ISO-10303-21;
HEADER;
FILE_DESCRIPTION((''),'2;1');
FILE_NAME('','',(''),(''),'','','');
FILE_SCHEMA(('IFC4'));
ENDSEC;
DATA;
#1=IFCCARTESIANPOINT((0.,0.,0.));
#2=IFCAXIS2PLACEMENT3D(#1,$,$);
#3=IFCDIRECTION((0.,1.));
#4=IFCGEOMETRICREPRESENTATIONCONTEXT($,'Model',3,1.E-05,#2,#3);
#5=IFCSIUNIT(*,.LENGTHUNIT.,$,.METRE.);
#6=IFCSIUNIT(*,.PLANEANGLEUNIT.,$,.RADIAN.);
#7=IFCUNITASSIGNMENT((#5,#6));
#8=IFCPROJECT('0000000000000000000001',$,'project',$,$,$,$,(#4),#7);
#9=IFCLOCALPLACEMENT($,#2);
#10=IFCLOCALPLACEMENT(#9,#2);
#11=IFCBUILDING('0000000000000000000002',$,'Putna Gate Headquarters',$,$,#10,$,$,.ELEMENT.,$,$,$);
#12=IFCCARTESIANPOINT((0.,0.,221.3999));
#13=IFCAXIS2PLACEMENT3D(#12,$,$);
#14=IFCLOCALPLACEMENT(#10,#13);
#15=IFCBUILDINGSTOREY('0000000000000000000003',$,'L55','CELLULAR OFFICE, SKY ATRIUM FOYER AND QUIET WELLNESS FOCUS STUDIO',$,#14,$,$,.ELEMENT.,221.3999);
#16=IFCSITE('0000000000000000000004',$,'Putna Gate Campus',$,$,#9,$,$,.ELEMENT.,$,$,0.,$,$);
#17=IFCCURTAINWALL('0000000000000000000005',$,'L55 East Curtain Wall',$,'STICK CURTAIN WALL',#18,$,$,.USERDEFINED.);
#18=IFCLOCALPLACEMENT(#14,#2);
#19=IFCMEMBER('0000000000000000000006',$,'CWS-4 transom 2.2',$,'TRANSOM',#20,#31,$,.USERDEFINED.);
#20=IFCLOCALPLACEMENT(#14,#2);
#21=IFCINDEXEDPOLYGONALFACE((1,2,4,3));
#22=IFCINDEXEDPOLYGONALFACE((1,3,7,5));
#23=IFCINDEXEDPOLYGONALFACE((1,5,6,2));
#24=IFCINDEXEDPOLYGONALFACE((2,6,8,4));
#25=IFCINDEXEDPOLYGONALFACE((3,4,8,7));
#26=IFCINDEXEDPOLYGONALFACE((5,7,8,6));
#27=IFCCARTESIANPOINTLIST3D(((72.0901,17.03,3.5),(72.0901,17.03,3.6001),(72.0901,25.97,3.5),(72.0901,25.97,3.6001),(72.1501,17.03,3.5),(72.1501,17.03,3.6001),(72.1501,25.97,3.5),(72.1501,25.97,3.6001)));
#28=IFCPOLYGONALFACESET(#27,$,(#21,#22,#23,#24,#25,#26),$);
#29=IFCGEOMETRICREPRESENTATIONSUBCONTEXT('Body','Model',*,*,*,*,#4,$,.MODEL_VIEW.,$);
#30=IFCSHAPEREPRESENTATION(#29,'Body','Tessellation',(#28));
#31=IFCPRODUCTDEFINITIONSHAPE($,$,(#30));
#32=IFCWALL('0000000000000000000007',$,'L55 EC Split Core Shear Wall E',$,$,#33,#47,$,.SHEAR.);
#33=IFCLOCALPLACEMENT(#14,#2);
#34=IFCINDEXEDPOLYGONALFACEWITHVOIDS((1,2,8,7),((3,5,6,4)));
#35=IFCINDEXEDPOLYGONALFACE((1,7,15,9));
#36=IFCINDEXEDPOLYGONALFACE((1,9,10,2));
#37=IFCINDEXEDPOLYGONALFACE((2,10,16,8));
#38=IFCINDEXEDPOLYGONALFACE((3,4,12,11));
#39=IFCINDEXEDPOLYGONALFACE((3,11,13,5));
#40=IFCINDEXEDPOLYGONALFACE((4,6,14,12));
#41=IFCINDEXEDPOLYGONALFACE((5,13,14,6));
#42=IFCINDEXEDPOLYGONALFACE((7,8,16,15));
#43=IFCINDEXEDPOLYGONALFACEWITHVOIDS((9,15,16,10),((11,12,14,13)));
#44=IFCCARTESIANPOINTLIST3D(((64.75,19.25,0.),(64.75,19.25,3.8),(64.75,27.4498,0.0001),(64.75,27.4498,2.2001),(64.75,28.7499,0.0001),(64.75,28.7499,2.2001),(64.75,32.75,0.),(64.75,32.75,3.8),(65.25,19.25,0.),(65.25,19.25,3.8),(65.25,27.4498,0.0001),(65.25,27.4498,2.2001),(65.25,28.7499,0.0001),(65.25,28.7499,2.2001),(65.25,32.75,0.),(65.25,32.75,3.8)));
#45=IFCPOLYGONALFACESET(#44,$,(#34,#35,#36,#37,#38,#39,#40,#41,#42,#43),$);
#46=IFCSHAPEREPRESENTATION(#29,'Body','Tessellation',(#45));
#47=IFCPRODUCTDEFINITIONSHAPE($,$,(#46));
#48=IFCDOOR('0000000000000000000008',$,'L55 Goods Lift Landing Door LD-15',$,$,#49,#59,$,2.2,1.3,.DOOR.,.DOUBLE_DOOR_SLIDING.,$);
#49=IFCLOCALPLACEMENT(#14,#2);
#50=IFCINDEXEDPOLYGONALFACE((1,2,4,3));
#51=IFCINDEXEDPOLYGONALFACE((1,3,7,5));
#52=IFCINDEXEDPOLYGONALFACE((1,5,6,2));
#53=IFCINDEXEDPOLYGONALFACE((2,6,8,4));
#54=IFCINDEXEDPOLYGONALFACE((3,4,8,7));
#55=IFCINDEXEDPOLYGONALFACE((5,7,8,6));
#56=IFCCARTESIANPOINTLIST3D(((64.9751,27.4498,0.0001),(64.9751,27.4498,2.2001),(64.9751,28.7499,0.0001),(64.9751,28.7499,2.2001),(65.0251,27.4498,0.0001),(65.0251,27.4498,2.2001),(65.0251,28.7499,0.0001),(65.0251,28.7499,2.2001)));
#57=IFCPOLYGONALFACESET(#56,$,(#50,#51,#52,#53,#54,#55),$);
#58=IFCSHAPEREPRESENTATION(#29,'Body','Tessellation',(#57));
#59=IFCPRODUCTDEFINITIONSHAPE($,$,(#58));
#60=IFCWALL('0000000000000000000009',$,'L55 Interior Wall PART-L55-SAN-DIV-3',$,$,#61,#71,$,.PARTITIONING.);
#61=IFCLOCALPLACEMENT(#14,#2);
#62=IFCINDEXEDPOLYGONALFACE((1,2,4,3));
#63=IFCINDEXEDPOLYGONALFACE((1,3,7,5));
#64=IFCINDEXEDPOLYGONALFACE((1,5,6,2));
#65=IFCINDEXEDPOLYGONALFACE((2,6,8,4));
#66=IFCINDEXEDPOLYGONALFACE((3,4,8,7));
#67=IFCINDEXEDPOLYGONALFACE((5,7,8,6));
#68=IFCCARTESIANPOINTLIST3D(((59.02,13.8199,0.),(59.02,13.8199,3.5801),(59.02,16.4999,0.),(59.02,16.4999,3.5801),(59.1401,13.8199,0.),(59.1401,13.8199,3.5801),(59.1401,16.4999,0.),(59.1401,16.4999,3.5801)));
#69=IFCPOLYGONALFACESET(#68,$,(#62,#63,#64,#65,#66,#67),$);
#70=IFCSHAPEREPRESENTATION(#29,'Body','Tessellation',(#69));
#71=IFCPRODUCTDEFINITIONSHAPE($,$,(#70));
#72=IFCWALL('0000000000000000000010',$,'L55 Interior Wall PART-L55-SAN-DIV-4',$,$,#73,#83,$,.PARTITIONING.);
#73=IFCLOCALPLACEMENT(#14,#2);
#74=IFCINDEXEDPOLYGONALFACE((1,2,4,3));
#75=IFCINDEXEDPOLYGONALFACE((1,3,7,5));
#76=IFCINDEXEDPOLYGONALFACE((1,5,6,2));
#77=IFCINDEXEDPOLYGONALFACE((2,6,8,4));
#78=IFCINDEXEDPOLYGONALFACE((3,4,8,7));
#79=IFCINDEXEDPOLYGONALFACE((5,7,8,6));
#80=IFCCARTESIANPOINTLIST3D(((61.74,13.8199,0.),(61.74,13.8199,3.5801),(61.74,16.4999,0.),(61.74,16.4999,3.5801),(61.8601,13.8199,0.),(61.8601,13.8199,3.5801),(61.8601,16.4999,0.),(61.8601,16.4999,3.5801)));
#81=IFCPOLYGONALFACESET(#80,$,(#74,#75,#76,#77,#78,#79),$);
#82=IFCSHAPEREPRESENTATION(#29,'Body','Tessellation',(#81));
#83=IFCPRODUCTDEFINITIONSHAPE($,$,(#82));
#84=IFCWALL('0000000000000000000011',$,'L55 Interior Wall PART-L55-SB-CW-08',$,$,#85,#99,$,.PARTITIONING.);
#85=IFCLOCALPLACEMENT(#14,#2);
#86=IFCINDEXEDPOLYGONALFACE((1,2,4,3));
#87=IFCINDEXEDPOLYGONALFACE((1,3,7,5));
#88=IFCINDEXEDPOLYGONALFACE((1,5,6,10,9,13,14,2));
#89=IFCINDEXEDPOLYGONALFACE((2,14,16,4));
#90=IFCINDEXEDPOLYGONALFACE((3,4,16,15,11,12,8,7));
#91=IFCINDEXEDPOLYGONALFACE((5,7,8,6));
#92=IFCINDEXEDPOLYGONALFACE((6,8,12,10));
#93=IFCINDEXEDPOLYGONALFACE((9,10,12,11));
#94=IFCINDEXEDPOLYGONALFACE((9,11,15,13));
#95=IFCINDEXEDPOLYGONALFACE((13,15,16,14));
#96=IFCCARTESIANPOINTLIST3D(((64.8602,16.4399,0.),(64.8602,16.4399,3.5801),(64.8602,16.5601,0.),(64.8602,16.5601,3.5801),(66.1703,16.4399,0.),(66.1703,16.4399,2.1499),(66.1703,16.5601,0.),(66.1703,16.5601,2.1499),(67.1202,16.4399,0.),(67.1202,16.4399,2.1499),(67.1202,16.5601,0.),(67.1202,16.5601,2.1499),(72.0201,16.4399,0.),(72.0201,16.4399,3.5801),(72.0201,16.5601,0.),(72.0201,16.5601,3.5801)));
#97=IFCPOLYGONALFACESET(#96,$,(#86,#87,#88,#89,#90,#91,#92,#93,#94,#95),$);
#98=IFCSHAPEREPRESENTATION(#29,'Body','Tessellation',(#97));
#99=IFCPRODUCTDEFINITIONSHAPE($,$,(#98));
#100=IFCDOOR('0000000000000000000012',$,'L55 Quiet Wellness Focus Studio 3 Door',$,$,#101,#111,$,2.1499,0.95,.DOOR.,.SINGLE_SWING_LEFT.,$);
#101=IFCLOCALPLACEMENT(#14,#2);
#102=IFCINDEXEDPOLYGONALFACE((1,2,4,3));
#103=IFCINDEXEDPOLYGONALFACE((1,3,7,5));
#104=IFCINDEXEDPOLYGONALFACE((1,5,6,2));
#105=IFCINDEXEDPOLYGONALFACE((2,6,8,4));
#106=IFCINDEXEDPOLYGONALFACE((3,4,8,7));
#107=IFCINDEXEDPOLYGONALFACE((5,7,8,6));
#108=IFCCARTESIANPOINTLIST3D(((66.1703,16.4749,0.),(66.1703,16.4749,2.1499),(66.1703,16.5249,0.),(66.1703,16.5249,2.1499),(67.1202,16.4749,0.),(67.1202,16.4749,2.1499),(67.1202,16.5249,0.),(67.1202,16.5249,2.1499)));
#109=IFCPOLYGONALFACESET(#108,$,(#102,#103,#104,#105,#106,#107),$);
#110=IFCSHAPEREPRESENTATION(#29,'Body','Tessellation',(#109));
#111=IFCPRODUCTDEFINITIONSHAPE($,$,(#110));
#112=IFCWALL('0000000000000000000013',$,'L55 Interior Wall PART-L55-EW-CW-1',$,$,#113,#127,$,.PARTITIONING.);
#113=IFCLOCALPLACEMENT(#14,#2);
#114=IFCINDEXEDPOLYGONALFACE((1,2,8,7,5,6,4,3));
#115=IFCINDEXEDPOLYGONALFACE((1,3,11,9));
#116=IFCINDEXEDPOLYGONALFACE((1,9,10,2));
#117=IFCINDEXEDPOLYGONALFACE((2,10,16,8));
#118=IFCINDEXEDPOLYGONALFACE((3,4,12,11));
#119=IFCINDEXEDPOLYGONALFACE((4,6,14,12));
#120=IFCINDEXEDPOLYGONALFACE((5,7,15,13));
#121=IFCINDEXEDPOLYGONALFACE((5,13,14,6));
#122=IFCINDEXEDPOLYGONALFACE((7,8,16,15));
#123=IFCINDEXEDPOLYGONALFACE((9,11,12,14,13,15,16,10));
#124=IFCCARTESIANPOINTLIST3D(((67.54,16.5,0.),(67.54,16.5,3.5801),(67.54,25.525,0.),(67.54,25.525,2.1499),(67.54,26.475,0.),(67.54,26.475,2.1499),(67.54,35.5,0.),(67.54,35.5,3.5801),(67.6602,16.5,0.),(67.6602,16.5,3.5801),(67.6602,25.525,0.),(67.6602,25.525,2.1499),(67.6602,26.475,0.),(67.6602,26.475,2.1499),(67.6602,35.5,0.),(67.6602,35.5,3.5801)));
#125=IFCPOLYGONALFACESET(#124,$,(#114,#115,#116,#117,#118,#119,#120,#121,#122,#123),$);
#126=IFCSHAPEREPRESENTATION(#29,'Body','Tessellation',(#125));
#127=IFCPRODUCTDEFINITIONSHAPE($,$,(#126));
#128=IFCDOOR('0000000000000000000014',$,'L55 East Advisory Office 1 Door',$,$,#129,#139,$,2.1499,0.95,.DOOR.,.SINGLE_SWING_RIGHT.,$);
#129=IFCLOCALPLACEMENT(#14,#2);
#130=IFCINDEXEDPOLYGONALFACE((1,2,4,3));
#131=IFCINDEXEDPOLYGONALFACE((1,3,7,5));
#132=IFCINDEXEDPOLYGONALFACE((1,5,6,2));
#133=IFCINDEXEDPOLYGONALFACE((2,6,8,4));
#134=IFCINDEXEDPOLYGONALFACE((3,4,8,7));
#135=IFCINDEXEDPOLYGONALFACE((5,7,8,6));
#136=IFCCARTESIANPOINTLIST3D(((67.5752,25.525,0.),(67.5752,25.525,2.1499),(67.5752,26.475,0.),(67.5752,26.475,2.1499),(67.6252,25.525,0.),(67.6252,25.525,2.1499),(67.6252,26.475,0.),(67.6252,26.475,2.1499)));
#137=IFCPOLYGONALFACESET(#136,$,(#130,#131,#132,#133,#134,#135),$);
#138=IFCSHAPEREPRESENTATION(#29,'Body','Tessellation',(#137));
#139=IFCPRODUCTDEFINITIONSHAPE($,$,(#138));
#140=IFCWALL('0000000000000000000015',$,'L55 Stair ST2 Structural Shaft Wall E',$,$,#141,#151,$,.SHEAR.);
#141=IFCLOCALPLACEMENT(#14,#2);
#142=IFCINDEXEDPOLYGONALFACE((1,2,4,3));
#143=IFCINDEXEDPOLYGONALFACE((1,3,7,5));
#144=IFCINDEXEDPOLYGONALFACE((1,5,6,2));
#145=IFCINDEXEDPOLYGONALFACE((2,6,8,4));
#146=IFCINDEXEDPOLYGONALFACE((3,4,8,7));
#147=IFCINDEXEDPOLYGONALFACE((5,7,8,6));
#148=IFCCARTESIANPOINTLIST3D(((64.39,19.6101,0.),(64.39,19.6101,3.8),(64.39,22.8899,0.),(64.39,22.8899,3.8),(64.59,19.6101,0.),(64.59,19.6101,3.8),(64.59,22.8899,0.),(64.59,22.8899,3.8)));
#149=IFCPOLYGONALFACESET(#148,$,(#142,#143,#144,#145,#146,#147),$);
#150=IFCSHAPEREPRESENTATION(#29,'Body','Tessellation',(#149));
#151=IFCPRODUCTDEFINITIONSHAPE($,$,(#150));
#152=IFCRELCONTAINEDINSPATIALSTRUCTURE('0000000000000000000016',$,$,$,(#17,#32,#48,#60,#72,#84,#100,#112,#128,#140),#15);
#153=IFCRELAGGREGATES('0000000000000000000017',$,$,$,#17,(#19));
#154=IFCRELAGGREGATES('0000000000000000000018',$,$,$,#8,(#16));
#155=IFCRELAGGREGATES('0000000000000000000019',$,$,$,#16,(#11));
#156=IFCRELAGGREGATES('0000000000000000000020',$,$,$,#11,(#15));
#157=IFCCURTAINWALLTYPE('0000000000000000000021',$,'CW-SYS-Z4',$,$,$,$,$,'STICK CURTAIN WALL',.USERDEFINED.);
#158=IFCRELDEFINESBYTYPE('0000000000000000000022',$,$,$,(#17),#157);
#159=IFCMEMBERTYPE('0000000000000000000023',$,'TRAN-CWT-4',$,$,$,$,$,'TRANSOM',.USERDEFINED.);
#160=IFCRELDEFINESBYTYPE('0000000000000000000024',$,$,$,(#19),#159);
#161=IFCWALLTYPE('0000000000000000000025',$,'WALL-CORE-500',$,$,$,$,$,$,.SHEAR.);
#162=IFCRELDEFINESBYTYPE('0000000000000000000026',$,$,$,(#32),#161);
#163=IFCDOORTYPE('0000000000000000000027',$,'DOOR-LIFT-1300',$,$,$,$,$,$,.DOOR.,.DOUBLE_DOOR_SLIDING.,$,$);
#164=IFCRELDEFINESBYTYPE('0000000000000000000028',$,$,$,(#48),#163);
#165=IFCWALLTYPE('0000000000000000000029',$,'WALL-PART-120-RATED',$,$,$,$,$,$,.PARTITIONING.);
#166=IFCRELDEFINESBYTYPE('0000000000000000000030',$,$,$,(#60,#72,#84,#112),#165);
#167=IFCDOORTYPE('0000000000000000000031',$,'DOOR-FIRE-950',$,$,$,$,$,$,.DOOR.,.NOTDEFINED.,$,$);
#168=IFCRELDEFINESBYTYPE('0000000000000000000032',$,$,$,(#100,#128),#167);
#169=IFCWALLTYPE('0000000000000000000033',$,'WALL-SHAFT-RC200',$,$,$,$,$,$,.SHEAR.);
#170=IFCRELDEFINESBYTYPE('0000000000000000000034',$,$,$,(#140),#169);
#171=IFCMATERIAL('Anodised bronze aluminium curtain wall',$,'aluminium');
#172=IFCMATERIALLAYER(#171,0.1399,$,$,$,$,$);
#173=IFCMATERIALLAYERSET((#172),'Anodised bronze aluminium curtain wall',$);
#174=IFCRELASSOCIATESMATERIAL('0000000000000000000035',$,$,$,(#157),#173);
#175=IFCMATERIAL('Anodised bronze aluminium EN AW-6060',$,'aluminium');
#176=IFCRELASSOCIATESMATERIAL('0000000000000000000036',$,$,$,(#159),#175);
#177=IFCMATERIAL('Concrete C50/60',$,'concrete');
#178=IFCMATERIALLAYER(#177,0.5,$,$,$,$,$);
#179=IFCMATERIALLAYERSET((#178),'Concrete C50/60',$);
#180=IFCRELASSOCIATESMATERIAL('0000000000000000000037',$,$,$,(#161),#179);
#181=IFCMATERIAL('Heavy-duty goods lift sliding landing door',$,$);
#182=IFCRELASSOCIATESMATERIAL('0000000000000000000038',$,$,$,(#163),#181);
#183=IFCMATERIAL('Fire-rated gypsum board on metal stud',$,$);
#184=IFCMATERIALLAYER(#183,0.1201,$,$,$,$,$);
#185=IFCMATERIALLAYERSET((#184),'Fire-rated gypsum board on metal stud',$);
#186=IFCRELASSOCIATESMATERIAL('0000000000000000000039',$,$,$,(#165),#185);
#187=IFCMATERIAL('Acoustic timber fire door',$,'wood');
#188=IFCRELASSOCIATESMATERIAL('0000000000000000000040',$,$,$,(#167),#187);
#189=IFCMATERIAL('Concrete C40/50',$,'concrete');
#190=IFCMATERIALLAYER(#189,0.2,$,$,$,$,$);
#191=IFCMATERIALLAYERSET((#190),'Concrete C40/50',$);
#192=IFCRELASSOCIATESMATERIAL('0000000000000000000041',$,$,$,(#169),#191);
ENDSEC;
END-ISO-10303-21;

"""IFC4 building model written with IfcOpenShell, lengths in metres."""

from ifc_helpers import new_model, si_unit, direction, frame, frame_2d, origin, origin_2d, place, context, subcontext, project, spatial, rectangle, extrude, material, layer, layer_set, material_profile, profile_set, type_object, element, fill, aggregate, save


model = new_model("IFC4")

# Units and contexts
model_context = context("Model", 3, precision=1e-05, world=origin(), true_north=direction((0.0, 1.0)))
body_context = subcontext(model_context, "Body", "Model", "MODEL_VIEW")
ifc_project = project(units=[si_unit("LENGTHUNIT", "METRE"), si_unit("PLANEANGLEUNIT", "RADIAN")], contexts=[model_context])

# Site, building, storey
site_placement = place(None, origin())
site = spatial("IfcSite", under=ifc_project, at=site_placement, Name="Putna Gate Campus", CompositionType="ELEMENT", RefElevation=0.0)
building_placement = place(site_placement, origin())
building = spatial("IfcBuilding", under=site, at=building_placement, Name="Putna Gate Headquarters", CompositionType="ELEMENT")
storey_placement = place(building_placement, frame((0.0, 0.0, 221.3999)))
storey = spatial("IfcBuildingStorey", under=building, at=storey_placement, Name="L55", Description="CELLULAR OFFICE, SKY ATRIUM FOYER AND QUIET WELLNESS FOCUS STUDIO", CompositionType="ELEMENT", Elevation=221.3999)

# Curtain wall, member
ifc_material_1 = material(Name="Anodised bronze aluminium curtain wall", Category="aluminium")
ifc_layer_1 = layer(ifc_material_1, 0.1399)
ifc_layer_set_1 = layer_set([ifc_layer_1], Name="Anodised bronze aluminium curtain wall")
curtain_wall_type = type_object("IfcCurtainWallType", Name="CW-SYS-Z4", ElementType="STICK CURTAIN WALL", PredefinedType="USERDEFINED", material=ifc_layer_set_1)
curtain_wall_placement = place(storey_placement, origin())
curtain_wall = element("IfcCurtainWall", 1, at=curtain_wall_placement, inside=storey, type_object=curtain_wall_type, Name="L55 East Curtain Wall", ObjectType="STICK CURTAIN WALL", PredefinedType="USERDEFINED")
ifc_material_2 = material(Name="Anodised bronze aluminium EN AW-6060", Category="aluminium")
ifc_material_profile_1 = material_profile(ifc_material_2, rectangle(XDim=0.0601, YDim=0.1001, at=origin_2d()), Name="Anodised bronze aluminium EN AW-6060")
ifc_profile_set_1 = profile_set([ifc_material_profile_1], Name="Anodised bronze aluminium EN AW-6060")
member_type_1 = type_object("IfcMemberType", Name="TRAN-CWT-4", ElementType="TRANSOM", PredefinedType="USERDEFINED", material=ifc_profile_set_1)
member_1_placement = place(storey_placement, frame((72.1201, 17.03, 3.55), z_axis=(0.0, 1.0, 0.0), x_axis=(-1.0, 0.0, 0.0)))
member_1 = element("IfcMember", 2, at=member_1_placement, type_object=member_type_1, Name="CWS-4 transom 2.2", ObjectType="TRANSOM", PredefinedType="USERDEFINED", context=body_context, shape_type="SweptSolid", body=[
    extrude(rectangle(XDim=0.0601, YDim=0.1001, at=origin_2d()), origin(), (0.0, 0.0, 1.0), 8.9399),
])
aggregate(curtain_wall, [member_1])

# Wall, opening, door
ifc_material_3 = material(Name="Concrete C50/60", Category="concrete")
ifc_layer_2 = layer(ifc_material_3, 0.5)
ifc_layer_set_2 = layer_set([ifc_layer_2], Name="Concrete C50/60")
wall_type_1 = type_object("IfcWallType", Name="WALL-CORE-500", PredefinedType="SHEAR", material=ifc_layer_set_2)
wall_1_placement = place(storey_placement, frame((65.0, 19.25, 0.0), z_axis=(0.0, 0.0, 1.0), x_axis=(0.0, 1.0, 0.0)))
wall_1 = element("IfcWall", 3, at=wall_1_placement, inside=storey, type_object=wall_type_1, Name="L55 EC Split Core Shear Wall E", PredefinedType="SHEAR", context=body_context, shape_type="SweptSolid", body=[
    extrude(rectangle(XDim=13.5, YDim=0.5, at=frame_2d((6.75, 0.0))), origin(), (0.0, 0.0, 1.0), 3.8),
])
opening_1_placement = place(wall_1_placement, frame((8.2, 0.0, 0.0)))
opening_1 = element("IfcOpeningElement", 4, at=opening_1_placement, cuts=wall_1, PredefinedType="OPENING", context=body_context, shape_type="SweptSolid", body=[
    extrude(rectangle(XDim=1.3, YDim=2.2, at=frame_2d((0.6499, 1.1001))), frame((0.0, 0.26, 0.0), z_axis=(0.0, -1.0, 0.0), x_axis=(1.0, 0.0, 0.0)), (0.0, 0.0, 1.0), 0.52),
])
ifc_material_4 = material(Name="Heavy-duty goods lift sliding landing door")
door_type_1 = type_object("IfcDoorType", Name="DOOR-LIFT-1300", OperationType="DOUBLE_DOOR_SLIDING", PredefinedType="DOOR", material=ifc_material_4)
door_1_placement = place(opening_1_placement, origin())
door_1 = element("IfcDoor", 5, at=door_1_placement, inside=storey, type_object=door_type_1, Name="L55 Goods Lift Landing Door LD-15", OperationType="DOUBLE_DOOR_SLIDING", OverallHeight=2.2, OverallWidth=1.3, PredefinedType="DOOR", context=body_context, shape_type="SweptSolid", body=[
    extrude(rectangle(XDim=1.3, YDim=2.2, at=frame_2d((0.6499, 1.1001))), frame((0.0, 0.0249, 0.0), z_axis=(0.0, -1.0, 0.0), x_axis=(1.0, 0.0, 0.0)), (0.0, 0.0, 1.0), 0.05),
])
fill(opening_1, door_1)

# Walls
ifc_material_5 = material(Name="Fire-rated gypsum board on metal stud")
ifc_layer_3 = layer(ifc_material_5, 0.1201)
ifc_layer_set_3 = layer_set([ifc_layer_3], Name="Fire-rated gypsum board on metal stud")
wall_type_2 = type_object("IfcWallType", Name="WALL-PART-120-RATED", PredefinedType="PARTITIONING", material=ifc_layer_set_3)
for number, where, z_axis, x_axis, name in (
    (6, (59.0801, 13.8201, 0.0), (0.0, 0.0, 1.0), (0.0, 1.0, 0.0), "L55 Interior Wall PART-L55-SAN-DIV-3"),
    (7, (61.8, 13.8201, 0.0), (0.0, 0.0, 1.0), (0.0, 1.0, 0.0), "L55 Interior Wall PART-L55-SAN-DIV-4"),
):
    element("IfcWall", number, at=place(storey_placement, frame(where, z_axis=z_axis, x_axis=x_axis)), inside=storey, type_object=wall_type_2, Name=name, PredefinedType="PARTITIONING", context=body_context, shape_type="SweptSolid", body=[
        extrude(rectangle(XDim=2.6799, YDim=0.1201, at=frame_2d((1.3398, 0.0))), origin(), (0.0, 0.0, 1.0), 3.5801),
    ])

# Walls, openings, doors
wall_2_placement = place(storey_placement, frame((64.8601, 16.5, 0.0), z_axis=(0.0, 0.0, 1.0), x_axis=(1.0, 0.0, 0.0)))
wall_2 = element("IfcWall", 8, at=wall_2_placement, inside=storey, type_object=wall_type_2, Name="L55 Interior Wall PART-L55-SB-CW-08", PredefinedType="PARTITIONING", context=body_context, shape_type="SweptSolid", body=[
    extrude(rectangle(XDim=7.1599, YDim=0.1201, at=frame_2d((3.5801, 0.0))), origin(), (0.0, 0.0, 1.0), 3.5801),
])
opening_2_placement = place(wall_2_placement, frame((1.3101, 0.0, 0.0)))
opening_2 = element("IfcOpeningElement", 9, at=opening_2_placement, cuts=wall_2, PredefinedType="OPENING", context=body_context, shape_type="SweptSolid", body=[
    extrude(rectangle(XDim=0.95, YDim=2.1499, at=frame_2d((0.4751, 1.075))), frame((0.0, 0.0701, 0.0), z_axis=(0.0, -1.0, 0.0), x_axis=(1.0, 0.0, 0.0)), (0.0, 0.0, 1.0), 0.1401),
])
ifc_material_6 = material(Name="Acoustic timber fire door", Category="wood")
door_type_2 = type_object("IfcDoorType", Name="DOOR-FIRE-950", OperationType="NOTDEFINED", PredefinedType="DOOR", material=ifc_material_6)
door_2_placement = place(opening_2_placement, origin())
door_2 = element("IfcDoor", 10, at=door_2_placement, inside=storey, type_object=door_type_2, Name="L55 Quiet Wellness Focus Studio 3 Door", OperationType="SINGLE_SWING_LEFT", OverallHeight=2.1499, OverallWidth=0.95, PredefinedType="DOOR", context=body_context, shape_type="SweptSolid", body=[
    extrude(rectangle(XDim=0.95, YDim=2.1499, at=frame_2d((0.4751, 1.075))), frame((0.0, 0.0249, 0.0), z_axis=(0.0, -1.0, 0.0), x_axis=(1.0, 0.0, 0.0)), (0.0, 0.0, 1.0), 0.05),
])
fill(opening_2, door_2)
wall_3_placement = place(storey_placement, frame((67.6001, 16.5, 0.0), z_axis=(0.0, 0.0, 1.0), x_axis=(0.0, 1.0, 0.0)))
wall_3 = element("IfcWall", 11, at=wall_3_placement, inside=storey, type_object=wall_type_2, Name="L55 Interior Wall PART-L55-EW-CW-1", PredefinedType="PARTITIONING", context=body_context, shape_type="SweptSolid", body=[
    extrude(rectangle(XDim=19.0, YDim=0.1201, at=frame_2d((9.5, 0.0))), origin(), (0.0, 0.0, 1.0), 3.5801),
])
opening_3_placement = place(wall_3_placement, frame((9.0249, 0.0, 0.0)))
opening_3 = element("IfcOpeningElement", 12, at=opening_3_placement, cuts=wall_3, PredefinedType="OPENING", context=body_context, shape_type="SweptSolid", body=[
    extrude(rectangle(XDim=0.95, YDim=2.1499, at=frame_2d((0.4751, 1.075))), frame((0.0, 0.0701, 0.0), z_axis=(0.0, -1.0, 0.0), x_axis=(1.0, 0.0, 0.0)), (0.0, 0.0, 1.0), 0.1401),
])
door_3_placement = place(opening_3_placement, origin())
door_3 = element("IfcDoor", 13, at=door_3_placement, inside=storey, type_object=door_type_2, Name="L55 East Advisory Office 1 Door", OperationType="SINGLE_SWING_RIGHT", OverallHeight=2.1499, OverallWidth=0.95, PredefinedType="DOOR", context=body_context, shape_type="SweptSolid", body=[
    extrude(rectangle(XDim=0.95, YDim=2.1499, at=frame_2d((0.4751, 1.075))), frame((0.0, 0.0249, 0.0), z_axis=(0.0, -1.0, 0.0), x_axis=(1.0, 0.0, 0.0)), (0.0, 0.0, 1.0), 0.05),
])
fill(opening_3, door_3)

# Wall
ifc_material_7 = material(Name="Concrete C40/50", Category="concrete")
ifc_layer_4 = layer(ifc_material_7, 0.2)
ifc_layer_set_4 = layer_set([ifc_layer_4], Name="Concrete C40/50")
wall_type_3 = type_object("IfcWallType", Name="WALL-SHAFT-RC200", PredefinedType="SHEAR", material=ifc_layer_set_4)
wall_4_placement = place(storey_placement, frame((64.49, 19.6101, 0.0), z_axis=(0.0, 0.0, 1.0), x_axis=(0.0, 1.0, 0.0)))
element("IfcWall", 14, at=wall_4_placement, inside=storey, type_object=wall_type_3, Name="L55 Stair ST2 Structural Shaft Wall E", PredefinedType="SHEAR", context=body_context, shape_type="SweptSolid", body=[
    extrude(rectangle(XDim=3.2798, YDim=0.2, at=frame_2d((1.6399, 0.0))), origin(), (0.0, 0.0, 1.0), 3.8),
])

save(model, "model.ifc")
